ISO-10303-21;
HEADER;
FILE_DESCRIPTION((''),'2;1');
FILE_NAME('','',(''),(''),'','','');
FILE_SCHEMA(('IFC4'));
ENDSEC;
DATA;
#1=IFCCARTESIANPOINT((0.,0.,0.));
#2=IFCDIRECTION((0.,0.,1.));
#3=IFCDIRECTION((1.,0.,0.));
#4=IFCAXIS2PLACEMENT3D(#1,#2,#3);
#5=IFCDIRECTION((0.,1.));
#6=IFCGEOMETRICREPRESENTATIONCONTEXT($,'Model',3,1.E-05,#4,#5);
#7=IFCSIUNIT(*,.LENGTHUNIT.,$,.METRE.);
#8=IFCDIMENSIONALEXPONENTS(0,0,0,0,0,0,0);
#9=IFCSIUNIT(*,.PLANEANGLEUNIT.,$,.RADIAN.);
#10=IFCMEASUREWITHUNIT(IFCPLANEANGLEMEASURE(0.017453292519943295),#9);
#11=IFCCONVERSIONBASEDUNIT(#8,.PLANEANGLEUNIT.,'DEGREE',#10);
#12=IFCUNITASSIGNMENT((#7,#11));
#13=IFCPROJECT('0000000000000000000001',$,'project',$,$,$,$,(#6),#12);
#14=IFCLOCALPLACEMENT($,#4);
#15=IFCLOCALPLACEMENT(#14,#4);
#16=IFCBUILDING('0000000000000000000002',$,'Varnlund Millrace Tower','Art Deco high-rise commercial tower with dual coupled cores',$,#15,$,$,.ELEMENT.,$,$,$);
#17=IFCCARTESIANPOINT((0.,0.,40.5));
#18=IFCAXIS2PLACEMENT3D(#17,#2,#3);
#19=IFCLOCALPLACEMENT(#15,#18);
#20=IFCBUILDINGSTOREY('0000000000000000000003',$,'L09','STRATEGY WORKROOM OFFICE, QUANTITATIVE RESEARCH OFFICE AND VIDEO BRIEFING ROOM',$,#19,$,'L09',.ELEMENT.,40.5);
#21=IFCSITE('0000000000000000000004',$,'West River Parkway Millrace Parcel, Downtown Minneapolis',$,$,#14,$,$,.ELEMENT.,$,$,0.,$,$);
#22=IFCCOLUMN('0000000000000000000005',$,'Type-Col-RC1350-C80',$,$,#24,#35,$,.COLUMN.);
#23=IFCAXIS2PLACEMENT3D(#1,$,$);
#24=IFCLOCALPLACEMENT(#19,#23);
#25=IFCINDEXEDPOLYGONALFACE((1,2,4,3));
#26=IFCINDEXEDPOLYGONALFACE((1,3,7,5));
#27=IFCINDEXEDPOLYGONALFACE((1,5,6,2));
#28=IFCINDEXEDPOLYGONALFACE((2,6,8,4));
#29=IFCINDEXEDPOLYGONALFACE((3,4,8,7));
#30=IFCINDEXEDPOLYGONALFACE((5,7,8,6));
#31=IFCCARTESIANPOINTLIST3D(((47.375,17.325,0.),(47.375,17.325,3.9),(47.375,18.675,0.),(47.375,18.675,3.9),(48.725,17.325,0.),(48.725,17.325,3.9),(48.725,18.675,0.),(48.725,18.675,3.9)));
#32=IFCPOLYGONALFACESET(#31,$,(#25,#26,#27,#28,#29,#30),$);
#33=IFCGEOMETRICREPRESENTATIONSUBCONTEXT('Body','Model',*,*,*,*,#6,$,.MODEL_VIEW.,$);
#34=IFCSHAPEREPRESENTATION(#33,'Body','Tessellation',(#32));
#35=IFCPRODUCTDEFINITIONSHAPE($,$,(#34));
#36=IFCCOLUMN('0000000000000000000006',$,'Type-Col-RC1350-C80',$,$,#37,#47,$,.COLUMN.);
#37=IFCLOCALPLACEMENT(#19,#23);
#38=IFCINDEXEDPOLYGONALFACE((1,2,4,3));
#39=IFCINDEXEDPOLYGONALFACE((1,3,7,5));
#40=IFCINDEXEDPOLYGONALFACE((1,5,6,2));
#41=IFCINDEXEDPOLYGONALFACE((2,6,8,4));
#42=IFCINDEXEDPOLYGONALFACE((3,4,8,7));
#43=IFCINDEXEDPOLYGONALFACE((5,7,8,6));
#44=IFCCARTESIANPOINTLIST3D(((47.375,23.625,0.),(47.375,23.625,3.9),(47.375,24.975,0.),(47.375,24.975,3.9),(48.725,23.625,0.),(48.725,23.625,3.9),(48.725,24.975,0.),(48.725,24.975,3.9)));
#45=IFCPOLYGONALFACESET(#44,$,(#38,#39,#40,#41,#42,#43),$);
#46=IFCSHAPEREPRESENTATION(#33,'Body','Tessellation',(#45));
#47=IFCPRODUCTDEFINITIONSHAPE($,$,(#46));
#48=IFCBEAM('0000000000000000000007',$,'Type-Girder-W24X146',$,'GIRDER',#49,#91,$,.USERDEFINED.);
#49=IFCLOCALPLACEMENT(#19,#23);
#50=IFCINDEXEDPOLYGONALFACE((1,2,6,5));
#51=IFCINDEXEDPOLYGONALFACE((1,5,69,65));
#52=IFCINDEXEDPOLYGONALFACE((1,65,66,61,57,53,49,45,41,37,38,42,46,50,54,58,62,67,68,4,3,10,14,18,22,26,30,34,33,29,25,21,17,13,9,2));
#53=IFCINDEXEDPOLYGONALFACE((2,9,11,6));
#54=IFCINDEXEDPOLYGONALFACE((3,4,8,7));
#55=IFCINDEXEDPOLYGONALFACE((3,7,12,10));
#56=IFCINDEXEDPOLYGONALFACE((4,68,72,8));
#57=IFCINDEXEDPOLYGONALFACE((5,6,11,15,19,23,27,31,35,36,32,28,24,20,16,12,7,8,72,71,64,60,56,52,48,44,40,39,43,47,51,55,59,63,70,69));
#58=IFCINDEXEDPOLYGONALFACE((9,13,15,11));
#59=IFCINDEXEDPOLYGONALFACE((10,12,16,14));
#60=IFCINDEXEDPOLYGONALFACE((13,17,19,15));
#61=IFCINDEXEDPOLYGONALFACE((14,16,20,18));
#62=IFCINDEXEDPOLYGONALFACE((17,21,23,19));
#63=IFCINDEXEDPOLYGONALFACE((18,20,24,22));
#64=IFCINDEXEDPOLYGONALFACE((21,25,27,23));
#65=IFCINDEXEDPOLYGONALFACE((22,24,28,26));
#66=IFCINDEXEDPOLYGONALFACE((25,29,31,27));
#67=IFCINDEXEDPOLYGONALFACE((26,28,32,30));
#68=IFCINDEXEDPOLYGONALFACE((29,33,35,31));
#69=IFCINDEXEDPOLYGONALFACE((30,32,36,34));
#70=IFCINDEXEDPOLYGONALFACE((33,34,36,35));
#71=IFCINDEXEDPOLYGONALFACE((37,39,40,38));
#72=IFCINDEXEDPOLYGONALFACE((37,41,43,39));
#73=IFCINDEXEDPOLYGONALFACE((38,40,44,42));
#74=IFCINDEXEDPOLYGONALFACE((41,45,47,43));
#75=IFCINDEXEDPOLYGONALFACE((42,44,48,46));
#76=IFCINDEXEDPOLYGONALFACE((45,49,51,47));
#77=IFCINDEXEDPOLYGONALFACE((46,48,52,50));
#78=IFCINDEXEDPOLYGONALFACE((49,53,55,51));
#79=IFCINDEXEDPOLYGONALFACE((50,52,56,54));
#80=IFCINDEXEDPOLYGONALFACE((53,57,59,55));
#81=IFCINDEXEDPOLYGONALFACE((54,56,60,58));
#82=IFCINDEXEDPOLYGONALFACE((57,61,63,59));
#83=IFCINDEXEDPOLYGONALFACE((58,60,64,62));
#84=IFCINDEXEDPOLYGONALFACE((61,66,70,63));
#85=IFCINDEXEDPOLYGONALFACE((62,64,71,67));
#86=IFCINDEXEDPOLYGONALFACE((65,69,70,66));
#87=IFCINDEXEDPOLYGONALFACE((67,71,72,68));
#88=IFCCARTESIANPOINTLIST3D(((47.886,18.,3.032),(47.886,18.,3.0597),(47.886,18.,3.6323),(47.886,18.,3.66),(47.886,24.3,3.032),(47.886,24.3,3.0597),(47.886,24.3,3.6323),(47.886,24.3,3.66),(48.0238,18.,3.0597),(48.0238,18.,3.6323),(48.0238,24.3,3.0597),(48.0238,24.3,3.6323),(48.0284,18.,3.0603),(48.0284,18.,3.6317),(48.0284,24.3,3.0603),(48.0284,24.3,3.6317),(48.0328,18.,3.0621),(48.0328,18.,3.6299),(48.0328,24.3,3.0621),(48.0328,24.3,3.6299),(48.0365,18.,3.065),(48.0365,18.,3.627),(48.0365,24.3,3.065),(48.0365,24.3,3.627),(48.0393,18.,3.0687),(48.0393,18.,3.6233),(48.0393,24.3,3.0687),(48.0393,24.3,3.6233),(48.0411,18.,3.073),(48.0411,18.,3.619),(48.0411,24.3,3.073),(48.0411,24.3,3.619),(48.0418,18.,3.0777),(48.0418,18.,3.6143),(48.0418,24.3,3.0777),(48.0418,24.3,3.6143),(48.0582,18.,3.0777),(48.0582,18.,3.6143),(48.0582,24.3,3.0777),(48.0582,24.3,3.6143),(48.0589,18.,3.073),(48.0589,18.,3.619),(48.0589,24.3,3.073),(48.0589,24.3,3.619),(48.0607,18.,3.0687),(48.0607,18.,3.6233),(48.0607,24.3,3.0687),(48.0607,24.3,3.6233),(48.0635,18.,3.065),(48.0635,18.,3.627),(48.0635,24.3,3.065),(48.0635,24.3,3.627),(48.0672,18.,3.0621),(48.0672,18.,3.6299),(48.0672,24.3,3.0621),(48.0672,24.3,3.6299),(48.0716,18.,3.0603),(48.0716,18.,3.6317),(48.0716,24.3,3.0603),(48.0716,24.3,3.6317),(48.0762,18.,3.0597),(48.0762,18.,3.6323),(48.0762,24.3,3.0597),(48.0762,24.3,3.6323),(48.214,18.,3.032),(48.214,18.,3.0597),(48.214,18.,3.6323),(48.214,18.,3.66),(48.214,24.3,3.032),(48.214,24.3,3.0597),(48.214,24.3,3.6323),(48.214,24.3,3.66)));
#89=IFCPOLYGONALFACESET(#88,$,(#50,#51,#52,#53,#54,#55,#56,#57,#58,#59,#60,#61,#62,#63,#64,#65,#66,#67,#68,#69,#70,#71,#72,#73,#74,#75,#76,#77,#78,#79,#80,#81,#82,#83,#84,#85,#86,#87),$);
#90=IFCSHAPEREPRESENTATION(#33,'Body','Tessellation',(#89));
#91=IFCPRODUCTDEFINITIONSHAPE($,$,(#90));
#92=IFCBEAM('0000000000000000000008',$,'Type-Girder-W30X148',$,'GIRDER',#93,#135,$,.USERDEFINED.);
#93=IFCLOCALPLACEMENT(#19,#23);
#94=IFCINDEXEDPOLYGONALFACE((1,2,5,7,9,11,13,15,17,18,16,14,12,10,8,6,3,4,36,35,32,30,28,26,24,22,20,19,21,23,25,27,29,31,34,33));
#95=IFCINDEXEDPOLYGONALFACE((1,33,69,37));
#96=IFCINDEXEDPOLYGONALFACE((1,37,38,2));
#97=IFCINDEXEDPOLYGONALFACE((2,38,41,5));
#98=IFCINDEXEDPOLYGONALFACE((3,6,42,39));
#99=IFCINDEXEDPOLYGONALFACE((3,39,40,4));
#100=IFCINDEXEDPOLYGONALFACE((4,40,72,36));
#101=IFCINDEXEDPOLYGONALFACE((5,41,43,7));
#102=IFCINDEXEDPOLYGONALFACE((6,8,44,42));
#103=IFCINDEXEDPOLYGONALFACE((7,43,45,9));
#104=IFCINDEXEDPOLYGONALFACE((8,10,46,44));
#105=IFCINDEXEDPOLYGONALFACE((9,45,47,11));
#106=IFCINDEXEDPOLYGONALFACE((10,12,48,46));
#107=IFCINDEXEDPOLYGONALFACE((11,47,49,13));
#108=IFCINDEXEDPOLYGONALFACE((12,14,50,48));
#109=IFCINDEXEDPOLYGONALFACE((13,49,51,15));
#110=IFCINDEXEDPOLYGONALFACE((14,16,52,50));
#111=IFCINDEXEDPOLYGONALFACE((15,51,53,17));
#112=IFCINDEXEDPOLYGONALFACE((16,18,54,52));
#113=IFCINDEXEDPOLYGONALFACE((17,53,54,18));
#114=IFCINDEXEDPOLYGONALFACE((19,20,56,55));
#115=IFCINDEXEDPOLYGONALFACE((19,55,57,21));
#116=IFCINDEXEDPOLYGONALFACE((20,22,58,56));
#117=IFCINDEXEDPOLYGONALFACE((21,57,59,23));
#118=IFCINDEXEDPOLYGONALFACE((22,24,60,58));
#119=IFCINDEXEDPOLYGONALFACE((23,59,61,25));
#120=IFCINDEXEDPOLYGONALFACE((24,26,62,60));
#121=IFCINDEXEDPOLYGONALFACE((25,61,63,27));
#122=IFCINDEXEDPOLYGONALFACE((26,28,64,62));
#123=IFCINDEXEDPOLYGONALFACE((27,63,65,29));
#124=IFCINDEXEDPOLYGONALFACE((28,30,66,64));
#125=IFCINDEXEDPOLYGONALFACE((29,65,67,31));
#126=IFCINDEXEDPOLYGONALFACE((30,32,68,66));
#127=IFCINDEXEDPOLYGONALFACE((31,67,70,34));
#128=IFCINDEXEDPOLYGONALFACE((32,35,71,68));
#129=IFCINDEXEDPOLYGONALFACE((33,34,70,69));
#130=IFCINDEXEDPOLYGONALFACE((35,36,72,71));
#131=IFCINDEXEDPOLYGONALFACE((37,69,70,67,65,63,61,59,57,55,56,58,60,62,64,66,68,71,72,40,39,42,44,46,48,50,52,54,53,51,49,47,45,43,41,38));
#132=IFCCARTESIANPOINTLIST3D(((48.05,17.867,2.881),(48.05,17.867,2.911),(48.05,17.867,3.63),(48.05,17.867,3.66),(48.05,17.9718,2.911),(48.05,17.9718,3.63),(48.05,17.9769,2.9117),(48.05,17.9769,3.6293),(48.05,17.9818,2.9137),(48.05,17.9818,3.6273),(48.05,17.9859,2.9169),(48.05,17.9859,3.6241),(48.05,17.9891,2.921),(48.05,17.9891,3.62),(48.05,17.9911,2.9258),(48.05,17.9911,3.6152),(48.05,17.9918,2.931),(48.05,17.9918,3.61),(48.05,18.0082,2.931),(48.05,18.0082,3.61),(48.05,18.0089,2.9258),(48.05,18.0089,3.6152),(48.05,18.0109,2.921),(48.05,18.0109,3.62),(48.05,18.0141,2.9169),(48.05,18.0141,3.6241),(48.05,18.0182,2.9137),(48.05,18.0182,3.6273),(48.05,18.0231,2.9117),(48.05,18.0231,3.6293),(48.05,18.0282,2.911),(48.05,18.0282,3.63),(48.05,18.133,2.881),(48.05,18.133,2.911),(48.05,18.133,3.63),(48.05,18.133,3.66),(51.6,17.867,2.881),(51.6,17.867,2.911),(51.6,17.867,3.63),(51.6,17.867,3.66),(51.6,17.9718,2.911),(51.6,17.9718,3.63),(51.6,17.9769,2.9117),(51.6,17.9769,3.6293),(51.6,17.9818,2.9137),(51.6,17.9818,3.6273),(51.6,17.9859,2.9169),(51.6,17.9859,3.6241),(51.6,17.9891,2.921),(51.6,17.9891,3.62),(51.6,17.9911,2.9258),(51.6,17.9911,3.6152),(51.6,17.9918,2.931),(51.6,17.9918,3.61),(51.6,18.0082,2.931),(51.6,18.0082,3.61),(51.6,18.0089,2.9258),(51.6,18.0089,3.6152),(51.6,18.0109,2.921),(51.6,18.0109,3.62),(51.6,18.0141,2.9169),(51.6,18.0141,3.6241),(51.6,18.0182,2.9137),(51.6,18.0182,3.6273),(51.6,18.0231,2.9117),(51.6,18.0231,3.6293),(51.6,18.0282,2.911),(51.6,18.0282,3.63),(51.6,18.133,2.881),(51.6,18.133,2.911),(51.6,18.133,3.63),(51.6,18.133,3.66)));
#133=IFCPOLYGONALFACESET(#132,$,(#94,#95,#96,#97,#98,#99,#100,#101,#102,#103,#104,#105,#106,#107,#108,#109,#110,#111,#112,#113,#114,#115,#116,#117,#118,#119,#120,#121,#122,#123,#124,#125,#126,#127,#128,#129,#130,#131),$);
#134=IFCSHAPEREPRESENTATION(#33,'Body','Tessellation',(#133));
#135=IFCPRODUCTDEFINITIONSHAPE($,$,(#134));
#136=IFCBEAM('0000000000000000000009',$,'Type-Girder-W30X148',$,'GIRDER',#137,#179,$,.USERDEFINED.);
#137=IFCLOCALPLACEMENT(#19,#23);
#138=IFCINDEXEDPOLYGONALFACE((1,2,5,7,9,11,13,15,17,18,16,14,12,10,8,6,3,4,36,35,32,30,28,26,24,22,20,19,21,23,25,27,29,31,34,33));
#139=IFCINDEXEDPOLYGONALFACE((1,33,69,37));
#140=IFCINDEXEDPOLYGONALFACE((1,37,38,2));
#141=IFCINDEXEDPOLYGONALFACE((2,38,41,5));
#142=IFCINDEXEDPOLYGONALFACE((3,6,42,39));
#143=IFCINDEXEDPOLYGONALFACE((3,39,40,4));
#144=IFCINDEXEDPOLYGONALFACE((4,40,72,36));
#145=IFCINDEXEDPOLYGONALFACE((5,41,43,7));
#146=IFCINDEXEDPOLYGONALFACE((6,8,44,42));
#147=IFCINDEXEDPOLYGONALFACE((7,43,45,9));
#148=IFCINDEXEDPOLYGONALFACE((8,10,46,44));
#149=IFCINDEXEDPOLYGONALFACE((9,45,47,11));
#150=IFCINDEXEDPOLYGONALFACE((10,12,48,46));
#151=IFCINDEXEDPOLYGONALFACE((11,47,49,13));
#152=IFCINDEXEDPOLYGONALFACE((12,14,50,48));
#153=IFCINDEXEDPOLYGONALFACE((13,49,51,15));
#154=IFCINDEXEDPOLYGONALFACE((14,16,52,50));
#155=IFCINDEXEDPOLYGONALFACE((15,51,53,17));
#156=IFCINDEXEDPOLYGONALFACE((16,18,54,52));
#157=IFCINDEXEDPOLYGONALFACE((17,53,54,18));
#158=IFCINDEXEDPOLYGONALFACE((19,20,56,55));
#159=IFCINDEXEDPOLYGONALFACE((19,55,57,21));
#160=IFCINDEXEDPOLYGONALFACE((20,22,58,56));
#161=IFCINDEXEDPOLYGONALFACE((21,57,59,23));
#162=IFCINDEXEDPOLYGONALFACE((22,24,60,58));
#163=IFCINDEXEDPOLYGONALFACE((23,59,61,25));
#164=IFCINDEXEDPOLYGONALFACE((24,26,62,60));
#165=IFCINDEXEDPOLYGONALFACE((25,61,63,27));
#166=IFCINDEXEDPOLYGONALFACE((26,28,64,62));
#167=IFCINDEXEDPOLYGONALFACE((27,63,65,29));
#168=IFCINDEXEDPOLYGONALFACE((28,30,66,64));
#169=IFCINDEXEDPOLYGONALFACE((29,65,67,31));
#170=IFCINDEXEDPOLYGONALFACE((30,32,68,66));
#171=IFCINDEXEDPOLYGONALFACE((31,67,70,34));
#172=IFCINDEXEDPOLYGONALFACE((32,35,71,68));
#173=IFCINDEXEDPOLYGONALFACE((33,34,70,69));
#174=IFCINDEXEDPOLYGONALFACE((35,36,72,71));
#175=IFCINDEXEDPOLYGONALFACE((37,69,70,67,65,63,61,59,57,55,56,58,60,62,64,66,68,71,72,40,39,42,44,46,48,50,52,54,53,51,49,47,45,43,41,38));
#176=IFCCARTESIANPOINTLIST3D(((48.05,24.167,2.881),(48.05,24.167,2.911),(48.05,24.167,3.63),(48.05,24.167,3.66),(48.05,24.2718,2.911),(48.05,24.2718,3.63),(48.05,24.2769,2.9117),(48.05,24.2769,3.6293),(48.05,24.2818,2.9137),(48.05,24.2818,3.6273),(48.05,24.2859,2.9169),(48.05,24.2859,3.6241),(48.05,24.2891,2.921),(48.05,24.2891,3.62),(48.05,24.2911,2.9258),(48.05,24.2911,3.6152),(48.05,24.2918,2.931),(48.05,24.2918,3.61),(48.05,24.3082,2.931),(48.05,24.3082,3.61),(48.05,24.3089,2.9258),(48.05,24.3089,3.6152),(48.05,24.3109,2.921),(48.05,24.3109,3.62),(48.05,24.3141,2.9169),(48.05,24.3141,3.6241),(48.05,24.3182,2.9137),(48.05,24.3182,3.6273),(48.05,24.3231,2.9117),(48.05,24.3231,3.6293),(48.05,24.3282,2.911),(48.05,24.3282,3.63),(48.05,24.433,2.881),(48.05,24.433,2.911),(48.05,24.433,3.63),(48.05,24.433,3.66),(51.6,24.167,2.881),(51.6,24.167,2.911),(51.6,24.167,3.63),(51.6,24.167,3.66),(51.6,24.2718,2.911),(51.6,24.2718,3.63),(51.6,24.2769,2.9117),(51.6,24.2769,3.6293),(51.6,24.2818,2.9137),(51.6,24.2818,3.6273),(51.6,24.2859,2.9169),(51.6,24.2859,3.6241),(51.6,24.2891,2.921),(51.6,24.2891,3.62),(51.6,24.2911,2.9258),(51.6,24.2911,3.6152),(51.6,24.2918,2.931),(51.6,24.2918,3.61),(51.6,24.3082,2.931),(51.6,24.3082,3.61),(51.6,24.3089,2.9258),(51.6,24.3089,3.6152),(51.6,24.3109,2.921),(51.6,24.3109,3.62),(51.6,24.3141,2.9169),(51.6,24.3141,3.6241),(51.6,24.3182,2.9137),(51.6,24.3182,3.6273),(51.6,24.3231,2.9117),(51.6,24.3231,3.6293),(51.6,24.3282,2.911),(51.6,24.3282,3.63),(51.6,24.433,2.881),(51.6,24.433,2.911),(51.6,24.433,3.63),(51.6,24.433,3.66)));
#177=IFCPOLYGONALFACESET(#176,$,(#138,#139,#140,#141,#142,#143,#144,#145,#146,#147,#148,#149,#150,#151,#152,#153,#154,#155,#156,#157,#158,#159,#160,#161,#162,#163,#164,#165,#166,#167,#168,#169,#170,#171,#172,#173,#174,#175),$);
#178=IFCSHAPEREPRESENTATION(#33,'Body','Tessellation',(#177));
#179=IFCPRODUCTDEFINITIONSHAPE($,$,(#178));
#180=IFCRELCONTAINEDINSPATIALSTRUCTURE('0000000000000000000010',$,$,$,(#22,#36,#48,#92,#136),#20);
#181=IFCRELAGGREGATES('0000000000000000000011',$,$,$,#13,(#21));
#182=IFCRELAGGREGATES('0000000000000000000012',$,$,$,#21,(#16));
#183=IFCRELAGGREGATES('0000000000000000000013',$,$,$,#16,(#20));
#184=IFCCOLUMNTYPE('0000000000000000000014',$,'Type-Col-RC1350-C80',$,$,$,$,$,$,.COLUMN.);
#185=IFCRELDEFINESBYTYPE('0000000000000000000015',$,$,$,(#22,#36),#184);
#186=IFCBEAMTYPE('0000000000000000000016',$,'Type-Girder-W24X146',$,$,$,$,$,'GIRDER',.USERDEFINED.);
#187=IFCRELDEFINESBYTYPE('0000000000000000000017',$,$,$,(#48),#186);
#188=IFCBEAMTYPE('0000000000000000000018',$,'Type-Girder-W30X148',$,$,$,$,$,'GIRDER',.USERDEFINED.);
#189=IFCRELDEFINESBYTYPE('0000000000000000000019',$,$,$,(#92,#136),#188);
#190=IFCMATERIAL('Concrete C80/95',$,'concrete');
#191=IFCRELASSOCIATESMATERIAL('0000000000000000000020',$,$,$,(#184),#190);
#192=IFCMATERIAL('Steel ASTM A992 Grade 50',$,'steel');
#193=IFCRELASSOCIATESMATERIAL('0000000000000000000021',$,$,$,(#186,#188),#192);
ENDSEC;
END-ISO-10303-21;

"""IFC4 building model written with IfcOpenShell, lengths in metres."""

from ifc_helpers import new_model, entity, si_unit, converted_unit, direction, frame, origin_with_axes, origin_2d_with_axis, place, context, subcontext, project, spatial, rectangle, i_section, extrude, material, material_profile, profile_set, type_object, element, save


model = new_model("IFC4")

# Units and contexts
model_context = context("Model", 3, precision=1e-05, world=origin_with_axes(), true_north=direction((0.0, 1.0)))
body_context = subcontext(model_context, "Body", "Model", "MODEL_VIEW")
ifc_project = project(units=[si_unit("LENGTHUNIT", "METRE"), converted_unit("PLANEANGLEUNIT", "DEGREE", entity("IfcPlaneAngleMeasure", 0.017453292519943295), si_unit("PLANEANGLEUNIT", "RADIAN"), dimensions=[0, 0, 0, 0, 0, 0, 0])], contexts=[model_context])

# Site, building, storey
site_placement = place(None, origin_with_axes())
site = spatial("IfcSite", under=ifc_project, at=site_placement, Name="West River Parkway Millrace Parcel, Downtown Minneapolis", CompositionType="ELEMENT", RefElevation=0.0)
building_placement = place(site_placement, origin_with_axes())
building = spatial("IfcBuilding", under=site, at=building_placement, Name="Varnlund Millrace Tower", Description="Art Deco high-rise commercial tower with dual coupled cores", CompositionType="ELEMENT")
storey_placement = place(building_placement, frame((0.0, 0.0, 40.5), z_axis=(0.0, 0.0, 1.0), x_axis=(1.0, 0.0, 0.0)))
storey = spatial("IfcBuildingStorey", under=building, at=storey_placement, Name="L09", Description="STRATEGY WORKROOM OFFICE, QUANTITATIVE RESEARCH OFFICE AND VIDEO BRIEFING ROOM", LongName="L09", CompositionType="ELEMENT", Elevation=40.5)

# Columns
ifc_material_1 = material(Name="Concrete C80/95", Category="concrete")
ifc_material_profile_1 = material_profile(ifc_material_1, rectangle(XDim=1.35, YDim=1.35, at=origin_2d_with_axis()), Name="Concrete C80/95")
ifc_profile_set_1 = profile_set([ifc_material_profile_1], Name="Concrete C80/95")
column_type = type_object("IfcColumnType", Name="Type-Col-RC1350-C80", PredefinedType="COLUMN", material=ifc_profile_set_1)
for number, where, z_axis, x_axis, name in (
    (1, (48.05, 18.0, 0.0), (0.0, 0.0, 1.0), (1.0, 0.0, 0.0), "Type-Col-RC1350-C80"),
    (2, (48.05, 24.3, 0.0), (0.0, 0.0, 1.0), (1.0, 0.0, 0.0), "Type-Col-RC1350-C80"),
):
    element("IfcColumn", number, at=place(storey_placement, frame(where, z_axis=z_axis, x_axis=x_axis)), inside=storey, type_object=column_type, Name=name, PredefinedType="COLUMN", context=body_context, shape_type="SweptSolid", body=[
        extrude(rectangle(XDim=1.35, YDim=1.35, at=origin_2d_with_axis()), origin_with_axes(), (0.0, 0.0, 1.0), 3.9),
    ])

# Beams
ifc_material_2 = material(Name="Steel ASTM A992 Grade 50", Category="steel")
ifc_material_profile_2 = material_profile(ifc_material_2, i_section(OverallWidth=0.328, OverallDepth=0.628, WebThickness=0.0165, FlangeThickness=0.0277, FilletRadius=0.018, at=origin_2d_with_axis()), Name="Steel ASTM A992 Grade 50")
ifc_profile_set_2 = profile_set([ifc_material_profile_2], Name="Steel ASTM A992 Grade 50")
beam_type_1 = type_object("IfcBeamType", Name="Type-Girder-W24X146", ElementType="GIRDER", PredefinedType="USERDEFINED", material=ifc_profile_set_2)
beam_1_placement = place(storey_placement, frame((48.05, 18.0, 3.346), z_axis=(0.0, 1.0, 0.0), x_axis=(-1.0, 0.0, 0.0)))
element("IfcBeam", 3, at=beam_1_placement, inside=storey, type_object=beam_type_1, Name="Type-Girder-W24X146", ObjectType="GIRDER", PredefinedType="USERDEFINED", context=body_context, shape_type="SweptSolid", body=[
    extrude(i_section(OverallWidth=0.328, OverallDepth=0.628, WebThickness=0.0165, FlangeThickness=0.0277, FilletRadius=0.018, at=origin_2d_with_axis()), origin_with_axes(), (0.0, 0.0, 1.0), 6.3),
])
ifc_material_profile_3 = material_profile(ifc_material_2, i_section(OverallWidth=0.266, OverallDepth=0.779, WebThickness=0.0165, FlangeThickness=0.03, FilletRadius=0.02, at=origin_2d_with_axis()), Name="Steel ASTM A992 Grade 50")
ifc_profile_set_3 = profile_set([ifc_material_profile_3], Name="Steel ASTM A992 Grade 50")
beam_type_2 = type_object("IfcBeamType", Name="Type-Girder-W30X148", ElementType="GIRDER", PredefinedType="USERDEFINED", material=ifc_profile_set_3)
for number, where, z_axis, x_axis, name in (
    (4, (48.05, 18.0, 3.2705), (1.0, 0.0, 0.0), (0.0, 1.0, 0.0), "Type-Girder-W30X148"),
    (5, (48.05, 24.3, 3.2705), (1.0, 0.0, 0.0), (0.0, 1.0, 0.0), "Type-Girder-W30X148"),
):
    element("IfcBeam", number, at=place(storey_placement, frame(where, z_axis=z_axis, x_axis=x_axis)), inside=storey, type_object=beam_type_2, Name=name, ObjectType="GIRDER", PredefinedType="USERDEFINED", context=body_context, shape_type="SweptSolid", body=[
        extrude(i_section(OverallWidth=0.266, OverallDepth=0.779, WebThickness=0.0165, FlangeThickness=0.03, FilletRadius=0.02, at=origin_2d_with_axis()), origin_with_axes(), (0.0, 0.0, 1.0), 3.55),
    ])

save(model, "model.ifc")
